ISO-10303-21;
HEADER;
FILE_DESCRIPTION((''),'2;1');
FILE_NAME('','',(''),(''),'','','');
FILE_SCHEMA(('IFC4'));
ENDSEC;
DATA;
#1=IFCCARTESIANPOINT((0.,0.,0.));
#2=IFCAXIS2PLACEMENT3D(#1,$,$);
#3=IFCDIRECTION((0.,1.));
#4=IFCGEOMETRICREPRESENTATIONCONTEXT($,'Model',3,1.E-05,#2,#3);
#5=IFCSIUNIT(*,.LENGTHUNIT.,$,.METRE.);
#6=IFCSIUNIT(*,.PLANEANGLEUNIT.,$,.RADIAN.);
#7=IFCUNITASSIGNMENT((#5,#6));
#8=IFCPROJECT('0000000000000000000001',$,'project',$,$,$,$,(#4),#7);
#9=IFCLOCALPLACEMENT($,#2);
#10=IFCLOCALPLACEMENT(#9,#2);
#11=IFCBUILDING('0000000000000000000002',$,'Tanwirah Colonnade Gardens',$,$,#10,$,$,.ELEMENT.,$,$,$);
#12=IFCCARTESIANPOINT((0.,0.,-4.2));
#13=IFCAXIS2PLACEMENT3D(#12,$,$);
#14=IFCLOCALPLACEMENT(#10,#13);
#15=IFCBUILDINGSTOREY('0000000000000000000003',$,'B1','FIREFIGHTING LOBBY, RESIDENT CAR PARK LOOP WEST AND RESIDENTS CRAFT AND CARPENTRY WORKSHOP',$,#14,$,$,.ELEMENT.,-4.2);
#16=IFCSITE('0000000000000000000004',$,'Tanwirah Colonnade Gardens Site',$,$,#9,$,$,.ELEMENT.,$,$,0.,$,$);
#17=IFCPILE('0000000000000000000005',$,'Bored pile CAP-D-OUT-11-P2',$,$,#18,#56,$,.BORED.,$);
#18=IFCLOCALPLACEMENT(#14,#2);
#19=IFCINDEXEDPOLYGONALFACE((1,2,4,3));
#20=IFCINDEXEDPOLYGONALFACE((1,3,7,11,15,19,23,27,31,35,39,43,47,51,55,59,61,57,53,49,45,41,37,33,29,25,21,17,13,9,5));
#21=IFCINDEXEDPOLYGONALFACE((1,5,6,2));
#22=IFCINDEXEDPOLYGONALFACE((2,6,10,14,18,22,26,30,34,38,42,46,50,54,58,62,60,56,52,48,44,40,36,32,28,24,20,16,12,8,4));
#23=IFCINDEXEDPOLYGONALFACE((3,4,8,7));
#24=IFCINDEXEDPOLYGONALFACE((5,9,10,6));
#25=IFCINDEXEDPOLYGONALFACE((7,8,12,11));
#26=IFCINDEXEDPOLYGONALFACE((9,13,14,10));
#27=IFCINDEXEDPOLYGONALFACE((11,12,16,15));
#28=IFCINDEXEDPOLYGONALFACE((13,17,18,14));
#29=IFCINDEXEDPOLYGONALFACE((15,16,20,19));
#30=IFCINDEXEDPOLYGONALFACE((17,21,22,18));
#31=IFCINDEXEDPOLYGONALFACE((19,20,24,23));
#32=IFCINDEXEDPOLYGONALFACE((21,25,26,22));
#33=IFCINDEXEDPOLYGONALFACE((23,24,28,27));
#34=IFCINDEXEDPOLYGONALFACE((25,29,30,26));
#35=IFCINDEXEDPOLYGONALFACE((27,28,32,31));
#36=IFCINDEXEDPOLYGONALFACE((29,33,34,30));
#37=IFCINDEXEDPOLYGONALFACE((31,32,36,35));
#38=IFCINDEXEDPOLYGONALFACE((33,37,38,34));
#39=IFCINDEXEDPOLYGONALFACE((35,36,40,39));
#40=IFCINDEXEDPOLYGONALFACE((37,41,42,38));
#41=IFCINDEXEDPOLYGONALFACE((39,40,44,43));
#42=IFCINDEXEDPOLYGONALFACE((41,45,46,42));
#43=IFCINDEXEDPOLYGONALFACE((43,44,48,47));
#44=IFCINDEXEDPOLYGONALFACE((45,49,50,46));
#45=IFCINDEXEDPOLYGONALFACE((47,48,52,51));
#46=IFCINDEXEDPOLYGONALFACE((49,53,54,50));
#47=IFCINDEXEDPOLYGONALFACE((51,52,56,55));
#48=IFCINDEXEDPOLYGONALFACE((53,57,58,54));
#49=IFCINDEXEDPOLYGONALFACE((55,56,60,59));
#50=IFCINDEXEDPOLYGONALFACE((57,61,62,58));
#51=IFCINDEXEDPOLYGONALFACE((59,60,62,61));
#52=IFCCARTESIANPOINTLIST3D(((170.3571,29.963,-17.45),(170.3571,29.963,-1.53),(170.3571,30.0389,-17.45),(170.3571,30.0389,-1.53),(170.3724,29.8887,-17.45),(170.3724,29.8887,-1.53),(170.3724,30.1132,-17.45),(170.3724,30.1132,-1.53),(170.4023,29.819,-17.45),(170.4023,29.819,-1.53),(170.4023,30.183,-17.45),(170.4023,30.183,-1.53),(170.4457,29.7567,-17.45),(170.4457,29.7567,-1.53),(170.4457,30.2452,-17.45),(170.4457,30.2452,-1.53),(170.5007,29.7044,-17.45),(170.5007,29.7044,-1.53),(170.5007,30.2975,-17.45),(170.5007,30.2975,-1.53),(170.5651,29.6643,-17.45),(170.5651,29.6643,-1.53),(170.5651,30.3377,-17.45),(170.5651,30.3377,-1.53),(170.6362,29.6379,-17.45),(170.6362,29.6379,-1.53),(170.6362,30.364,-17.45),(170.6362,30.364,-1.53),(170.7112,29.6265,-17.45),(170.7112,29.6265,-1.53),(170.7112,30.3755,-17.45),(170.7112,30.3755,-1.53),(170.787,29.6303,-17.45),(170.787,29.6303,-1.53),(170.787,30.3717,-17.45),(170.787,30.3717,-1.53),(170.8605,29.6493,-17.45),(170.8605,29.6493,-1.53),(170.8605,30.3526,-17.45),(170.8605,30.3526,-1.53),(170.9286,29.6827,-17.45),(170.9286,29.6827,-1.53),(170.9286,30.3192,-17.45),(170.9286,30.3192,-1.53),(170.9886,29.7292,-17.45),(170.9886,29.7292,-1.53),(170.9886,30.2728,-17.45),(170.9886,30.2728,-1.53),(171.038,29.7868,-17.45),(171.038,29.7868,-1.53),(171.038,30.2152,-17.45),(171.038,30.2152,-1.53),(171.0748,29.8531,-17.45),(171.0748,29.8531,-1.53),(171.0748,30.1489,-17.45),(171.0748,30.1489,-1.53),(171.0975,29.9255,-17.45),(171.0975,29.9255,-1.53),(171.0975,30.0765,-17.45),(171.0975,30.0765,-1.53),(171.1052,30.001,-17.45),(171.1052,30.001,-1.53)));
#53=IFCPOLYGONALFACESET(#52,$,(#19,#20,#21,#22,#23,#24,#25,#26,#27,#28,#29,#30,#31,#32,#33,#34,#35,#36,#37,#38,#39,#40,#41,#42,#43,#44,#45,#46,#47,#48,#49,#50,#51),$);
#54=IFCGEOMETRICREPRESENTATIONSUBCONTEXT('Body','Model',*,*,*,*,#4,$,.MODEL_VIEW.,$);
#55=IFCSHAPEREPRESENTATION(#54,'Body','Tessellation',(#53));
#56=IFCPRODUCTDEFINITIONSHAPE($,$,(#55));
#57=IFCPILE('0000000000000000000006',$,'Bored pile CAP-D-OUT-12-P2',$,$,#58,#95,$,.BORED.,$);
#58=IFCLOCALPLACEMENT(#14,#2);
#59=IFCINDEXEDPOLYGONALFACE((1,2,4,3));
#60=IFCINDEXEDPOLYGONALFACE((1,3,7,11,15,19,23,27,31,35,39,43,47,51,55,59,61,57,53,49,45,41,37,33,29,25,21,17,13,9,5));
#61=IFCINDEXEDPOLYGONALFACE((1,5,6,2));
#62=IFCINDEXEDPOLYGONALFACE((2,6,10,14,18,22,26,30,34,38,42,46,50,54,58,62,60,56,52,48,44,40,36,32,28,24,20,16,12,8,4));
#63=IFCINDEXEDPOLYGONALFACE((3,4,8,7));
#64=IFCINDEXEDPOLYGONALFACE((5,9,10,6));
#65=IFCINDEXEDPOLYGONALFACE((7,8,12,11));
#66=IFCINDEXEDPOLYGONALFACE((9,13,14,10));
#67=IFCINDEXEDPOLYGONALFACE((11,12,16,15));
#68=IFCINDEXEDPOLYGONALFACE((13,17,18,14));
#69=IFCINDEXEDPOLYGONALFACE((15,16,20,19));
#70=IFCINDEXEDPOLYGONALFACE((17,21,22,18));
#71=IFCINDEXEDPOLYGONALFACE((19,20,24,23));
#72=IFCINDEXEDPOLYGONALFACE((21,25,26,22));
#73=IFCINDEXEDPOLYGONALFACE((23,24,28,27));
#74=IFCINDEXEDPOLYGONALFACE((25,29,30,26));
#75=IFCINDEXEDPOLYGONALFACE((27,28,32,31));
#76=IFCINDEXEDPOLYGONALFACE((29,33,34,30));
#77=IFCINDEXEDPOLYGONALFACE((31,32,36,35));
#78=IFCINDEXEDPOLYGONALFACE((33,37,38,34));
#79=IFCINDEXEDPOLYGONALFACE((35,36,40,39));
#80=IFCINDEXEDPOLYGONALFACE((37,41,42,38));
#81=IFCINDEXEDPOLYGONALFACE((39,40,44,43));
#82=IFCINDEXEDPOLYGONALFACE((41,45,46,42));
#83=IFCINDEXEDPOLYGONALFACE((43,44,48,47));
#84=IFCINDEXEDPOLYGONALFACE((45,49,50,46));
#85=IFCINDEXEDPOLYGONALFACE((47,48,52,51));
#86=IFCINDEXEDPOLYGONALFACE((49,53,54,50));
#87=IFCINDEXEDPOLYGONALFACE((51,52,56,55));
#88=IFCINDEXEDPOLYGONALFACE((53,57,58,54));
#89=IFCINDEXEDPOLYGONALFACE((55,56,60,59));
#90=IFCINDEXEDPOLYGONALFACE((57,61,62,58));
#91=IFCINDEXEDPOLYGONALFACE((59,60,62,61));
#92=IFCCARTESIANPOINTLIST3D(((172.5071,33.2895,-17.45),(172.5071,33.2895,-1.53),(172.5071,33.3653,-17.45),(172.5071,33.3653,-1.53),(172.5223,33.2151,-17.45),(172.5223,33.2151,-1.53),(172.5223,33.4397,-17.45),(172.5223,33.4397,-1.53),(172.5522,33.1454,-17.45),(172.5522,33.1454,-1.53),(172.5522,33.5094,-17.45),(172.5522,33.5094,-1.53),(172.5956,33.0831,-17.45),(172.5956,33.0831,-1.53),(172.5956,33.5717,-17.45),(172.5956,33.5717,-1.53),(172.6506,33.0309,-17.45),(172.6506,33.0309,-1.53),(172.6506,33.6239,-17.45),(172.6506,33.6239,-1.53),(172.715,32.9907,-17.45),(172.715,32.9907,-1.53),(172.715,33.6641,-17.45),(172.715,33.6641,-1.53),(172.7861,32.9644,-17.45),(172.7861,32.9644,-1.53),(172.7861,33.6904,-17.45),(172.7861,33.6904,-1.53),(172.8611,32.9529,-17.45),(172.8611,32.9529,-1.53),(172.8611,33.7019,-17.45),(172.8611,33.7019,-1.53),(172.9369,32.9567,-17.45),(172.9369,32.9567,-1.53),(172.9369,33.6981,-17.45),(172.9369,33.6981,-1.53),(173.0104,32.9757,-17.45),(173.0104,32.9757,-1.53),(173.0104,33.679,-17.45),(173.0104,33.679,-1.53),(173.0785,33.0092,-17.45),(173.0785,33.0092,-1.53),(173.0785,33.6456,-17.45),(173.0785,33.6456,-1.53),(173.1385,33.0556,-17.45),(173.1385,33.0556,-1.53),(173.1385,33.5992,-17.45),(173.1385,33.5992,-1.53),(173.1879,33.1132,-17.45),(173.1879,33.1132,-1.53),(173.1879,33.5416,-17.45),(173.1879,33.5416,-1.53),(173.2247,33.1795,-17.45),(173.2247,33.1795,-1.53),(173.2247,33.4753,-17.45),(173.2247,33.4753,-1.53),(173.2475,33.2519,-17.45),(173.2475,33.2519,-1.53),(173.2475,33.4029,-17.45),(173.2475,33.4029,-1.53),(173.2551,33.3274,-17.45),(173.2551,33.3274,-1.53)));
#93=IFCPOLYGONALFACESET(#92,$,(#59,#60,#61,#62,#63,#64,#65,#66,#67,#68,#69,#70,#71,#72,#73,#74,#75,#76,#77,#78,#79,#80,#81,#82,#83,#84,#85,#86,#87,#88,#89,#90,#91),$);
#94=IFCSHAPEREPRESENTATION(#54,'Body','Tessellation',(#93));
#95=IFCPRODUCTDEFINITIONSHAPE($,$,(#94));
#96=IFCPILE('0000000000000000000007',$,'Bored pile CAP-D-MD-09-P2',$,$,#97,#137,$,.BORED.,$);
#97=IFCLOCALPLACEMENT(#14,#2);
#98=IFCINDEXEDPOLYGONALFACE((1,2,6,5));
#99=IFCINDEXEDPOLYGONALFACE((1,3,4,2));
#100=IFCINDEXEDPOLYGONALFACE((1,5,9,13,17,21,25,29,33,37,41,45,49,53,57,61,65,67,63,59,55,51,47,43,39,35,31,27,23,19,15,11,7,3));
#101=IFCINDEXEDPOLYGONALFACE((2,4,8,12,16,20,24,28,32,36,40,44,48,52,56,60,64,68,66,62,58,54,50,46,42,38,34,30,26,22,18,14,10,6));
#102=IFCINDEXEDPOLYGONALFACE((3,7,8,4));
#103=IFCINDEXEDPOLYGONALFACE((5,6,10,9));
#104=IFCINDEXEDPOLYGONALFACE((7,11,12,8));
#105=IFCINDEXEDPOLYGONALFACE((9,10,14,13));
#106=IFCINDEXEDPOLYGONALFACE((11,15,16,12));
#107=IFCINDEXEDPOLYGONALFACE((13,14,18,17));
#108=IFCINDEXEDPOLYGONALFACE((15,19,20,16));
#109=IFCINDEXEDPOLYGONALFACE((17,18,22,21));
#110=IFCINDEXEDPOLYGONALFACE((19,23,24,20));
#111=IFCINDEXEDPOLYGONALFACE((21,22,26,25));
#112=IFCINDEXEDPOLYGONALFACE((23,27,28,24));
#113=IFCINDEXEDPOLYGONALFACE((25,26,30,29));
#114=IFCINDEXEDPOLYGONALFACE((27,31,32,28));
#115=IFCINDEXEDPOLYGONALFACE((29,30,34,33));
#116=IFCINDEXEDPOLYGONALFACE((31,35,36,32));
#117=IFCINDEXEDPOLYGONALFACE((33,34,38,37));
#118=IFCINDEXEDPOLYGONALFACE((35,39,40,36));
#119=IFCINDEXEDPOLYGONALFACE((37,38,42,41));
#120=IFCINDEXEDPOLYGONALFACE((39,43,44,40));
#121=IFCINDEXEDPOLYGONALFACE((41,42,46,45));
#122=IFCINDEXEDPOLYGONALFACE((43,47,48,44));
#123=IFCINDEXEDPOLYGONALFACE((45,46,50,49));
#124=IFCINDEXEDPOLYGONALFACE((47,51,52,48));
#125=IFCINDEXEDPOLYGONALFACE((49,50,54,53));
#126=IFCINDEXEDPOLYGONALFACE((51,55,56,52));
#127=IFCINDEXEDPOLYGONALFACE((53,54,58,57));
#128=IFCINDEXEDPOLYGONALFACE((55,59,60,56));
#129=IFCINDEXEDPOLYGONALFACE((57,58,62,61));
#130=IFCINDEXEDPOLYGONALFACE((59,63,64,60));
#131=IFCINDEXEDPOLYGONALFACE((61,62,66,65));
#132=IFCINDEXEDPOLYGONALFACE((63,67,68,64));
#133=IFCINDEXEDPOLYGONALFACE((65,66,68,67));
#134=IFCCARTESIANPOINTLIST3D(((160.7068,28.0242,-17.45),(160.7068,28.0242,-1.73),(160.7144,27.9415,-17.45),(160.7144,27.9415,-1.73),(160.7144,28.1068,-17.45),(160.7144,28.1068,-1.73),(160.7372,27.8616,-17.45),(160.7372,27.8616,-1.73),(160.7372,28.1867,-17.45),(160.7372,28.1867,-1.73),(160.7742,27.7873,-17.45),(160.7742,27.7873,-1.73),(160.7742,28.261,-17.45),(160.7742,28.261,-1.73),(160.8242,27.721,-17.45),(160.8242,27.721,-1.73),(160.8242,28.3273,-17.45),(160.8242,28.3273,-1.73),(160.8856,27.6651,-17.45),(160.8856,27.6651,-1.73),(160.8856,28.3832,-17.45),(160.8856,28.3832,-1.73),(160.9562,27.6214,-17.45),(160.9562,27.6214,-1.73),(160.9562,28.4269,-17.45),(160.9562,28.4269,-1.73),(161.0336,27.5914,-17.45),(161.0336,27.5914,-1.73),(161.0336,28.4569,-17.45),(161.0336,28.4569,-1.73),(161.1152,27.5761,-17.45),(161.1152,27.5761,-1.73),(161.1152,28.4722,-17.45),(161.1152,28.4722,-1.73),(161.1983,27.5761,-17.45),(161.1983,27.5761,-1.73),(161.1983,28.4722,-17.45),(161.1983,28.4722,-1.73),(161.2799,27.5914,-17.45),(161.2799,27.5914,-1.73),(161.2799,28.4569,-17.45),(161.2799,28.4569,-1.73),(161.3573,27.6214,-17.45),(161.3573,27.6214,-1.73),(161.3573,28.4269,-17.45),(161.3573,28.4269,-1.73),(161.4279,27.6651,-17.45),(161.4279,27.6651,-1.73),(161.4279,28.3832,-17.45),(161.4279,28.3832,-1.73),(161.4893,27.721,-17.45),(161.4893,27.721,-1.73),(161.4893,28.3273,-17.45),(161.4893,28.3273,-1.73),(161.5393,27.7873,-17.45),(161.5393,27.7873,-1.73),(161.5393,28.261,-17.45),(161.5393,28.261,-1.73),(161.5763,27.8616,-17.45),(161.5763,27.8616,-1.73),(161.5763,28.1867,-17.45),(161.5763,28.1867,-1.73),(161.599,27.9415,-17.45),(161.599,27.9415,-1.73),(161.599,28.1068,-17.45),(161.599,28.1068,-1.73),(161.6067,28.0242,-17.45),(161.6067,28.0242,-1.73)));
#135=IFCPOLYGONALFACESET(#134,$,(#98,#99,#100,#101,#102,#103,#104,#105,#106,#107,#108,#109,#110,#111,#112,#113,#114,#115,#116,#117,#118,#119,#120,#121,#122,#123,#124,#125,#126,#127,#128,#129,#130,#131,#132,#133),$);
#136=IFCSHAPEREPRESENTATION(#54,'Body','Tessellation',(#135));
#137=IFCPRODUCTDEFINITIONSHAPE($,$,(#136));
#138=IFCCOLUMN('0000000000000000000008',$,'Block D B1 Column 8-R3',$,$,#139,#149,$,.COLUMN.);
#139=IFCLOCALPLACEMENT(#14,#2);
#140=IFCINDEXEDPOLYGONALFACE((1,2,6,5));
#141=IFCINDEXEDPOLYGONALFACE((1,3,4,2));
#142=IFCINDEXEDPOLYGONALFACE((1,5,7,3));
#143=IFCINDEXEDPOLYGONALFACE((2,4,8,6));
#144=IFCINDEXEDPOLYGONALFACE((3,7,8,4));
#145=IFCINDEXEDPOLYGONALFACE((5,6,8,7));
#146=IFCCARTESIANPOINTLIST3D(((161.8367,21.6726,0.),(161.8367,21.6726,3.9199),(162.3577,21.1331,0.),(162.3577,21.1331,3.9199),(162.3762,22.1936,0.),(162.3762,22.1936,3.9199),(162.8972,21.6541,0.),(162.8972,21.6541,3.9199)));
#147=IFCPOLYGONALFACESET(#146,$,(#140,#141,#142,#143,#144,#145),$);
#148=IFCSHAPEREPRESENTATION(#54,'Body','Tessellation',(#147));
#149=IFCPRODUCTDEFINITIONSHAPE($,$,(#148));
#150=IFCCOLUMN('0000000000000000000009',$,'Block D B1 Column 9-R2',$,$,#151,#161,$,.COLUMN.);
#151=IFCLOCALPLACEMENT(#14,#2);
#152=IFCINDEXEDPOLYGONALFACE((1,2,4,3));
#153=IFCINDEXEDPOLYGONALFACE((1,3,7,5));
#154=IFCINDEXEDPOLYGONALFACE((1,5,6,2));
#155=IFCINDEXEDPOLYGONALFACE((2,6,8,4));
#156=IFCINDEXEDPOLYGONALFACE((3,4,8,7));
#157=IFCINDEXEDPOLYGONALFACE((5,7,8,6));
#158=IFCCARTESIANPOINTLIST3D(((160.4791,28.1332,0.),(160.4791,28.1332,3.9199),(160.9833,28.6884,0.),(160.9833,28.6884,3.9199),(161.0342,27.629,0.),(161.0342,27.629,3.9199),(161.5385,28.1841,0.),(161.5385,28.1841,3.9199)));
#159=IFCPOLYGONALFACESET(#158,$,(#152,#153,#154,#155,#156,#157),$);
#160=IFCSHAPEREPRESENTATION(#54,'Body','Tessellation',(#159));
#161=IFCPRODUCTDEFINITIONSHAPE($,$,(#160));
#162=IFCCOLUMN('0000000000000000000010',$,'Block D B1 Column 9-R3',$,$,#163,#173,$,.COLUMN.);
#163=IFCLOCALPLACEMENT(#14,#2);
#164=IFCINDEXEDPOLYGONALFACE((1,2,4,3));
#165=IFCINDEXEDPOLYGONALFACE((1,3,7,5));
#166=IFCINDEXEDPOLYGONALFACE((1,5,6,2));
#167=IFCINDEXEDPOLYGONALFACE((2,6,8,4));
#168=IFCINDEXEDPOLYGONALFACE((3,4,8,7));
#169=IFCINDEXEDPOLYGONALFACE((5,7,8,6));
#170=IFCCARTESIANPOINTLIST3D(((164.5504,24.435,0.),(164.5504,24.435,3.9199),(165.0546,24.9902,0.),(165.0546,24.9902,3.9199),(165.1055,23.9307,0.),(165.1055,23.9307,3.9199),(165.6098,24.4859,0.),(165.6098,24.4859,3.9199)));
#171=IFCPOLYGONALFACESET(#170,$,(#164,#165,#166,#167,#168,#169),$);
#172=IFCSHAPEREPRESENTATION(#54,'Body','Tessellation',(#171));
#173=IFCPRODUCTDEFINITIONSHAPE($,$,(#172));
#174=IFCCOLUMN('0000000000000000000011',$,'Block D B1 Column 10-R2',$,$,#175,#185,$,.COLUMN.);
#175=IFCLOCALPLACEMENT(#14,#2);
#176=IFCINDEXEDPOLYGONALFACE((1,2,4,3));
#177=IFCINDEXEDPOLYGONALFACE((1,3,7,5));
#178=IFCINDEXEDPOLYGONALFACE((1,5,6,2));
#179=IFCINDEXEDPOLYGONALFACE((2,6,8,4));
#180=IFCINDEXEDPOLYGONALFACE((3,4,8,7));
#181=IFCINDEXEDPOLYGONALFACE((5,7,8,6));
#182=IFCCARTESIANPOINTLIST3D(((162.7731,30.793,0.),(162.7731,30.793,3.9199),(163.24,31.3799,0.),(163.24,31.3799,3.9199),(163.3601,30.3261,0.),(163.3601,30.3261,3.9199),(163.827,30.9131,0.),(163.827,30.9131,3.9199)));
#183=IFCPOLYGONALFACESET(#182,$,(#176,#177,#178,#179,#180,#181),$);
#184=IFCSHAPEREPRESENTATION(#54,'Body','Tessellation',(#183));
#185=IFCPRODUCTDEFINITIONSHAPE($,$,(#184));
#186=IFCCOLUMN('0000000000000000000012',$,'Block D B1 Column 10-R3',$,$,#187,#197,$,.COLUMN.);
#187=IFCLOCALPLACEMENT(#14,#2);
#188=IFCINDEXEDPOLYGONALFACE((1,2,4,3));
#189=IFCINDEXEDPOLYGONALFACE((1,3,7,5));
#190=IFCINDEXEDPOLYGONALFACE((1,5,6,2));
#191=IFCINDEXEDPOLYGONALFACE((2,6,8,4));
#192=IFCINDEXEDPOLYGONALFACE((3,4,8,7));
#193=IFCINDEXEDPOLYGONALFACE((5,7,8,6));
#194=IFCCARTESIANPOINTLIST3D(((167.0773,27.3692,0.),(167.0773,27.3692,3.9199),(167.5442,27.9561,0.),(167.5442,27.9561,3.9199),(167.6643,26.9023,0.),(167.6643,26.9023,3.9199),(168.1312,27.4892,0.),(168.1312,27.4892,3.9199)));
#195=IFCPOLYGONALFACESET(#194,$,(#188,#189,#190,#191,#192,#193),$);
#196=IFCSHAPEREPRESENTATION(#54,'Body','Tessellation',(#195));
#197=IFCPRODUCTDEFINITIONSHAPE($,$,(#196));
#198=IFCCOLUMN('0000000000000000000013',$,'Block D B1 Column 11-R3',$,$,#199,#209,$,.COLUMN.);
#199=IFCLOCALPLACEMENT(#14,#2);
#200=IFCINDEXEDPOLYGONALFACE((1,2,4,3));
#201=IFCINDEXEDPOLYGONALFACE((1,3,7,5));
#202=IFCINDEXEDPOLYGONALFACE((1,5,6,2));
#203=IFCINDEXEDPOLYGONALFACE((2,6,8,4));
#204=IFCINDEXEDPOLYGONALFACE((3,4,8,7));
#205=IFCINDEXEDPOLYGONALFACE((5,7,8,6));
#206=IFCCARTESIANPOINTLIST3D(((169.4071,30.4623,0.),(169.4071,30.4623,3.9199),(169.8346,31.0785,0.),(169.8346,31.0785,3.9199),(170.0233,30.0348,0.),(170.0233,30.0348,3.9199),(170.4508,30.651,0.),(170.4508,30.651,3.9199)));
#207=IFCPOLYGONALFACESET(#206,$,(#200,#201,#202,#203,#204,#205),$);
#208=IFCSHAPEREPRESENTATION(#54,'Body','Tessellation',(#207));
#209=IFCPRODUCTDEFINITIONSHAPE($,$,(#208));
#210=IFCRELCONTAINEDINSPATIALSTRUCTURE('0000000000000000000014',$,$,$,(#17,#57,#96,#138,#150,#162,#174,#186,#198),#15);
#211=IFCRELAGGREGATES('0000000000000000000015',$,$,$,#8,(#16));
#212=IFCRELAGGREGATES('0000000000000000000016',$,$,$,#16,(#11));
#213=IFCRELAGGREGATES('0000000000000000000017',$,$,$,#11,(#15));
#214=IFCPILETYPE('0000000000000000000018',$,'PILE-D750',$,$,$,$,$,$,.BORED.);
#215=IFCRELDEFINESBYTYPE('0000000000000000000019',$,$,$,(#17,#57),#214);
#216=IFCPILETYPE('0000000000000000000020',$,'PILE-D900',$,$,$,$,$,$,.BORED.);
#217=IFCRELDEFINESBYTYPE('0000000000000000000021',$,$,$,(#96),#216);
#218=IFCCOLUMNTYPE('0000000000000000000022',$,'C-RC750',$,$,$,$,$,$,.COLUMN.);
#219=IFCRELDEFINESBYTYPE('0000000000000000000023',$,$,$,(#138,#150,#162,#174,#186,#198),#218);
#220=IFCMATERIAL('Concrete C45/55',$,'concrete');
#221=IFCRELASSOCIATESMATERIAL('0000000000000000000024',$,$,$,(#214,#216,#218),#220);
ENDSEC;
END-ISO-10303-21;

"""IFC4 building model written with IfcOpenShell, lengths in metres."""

from ifc_helpers import new_model, si_unit, direction, frame, origin, origin_2d, place, context, subcontext, project, spatial, rectangle, circle, extrude, material, material_profile, profile_set, type_object, element, save


model = new_model("IFC4")

# Units and contexts
model_context = context("Model", 3, precision=1e-05, world=origin(), true_north=direction((0.0, 1.0)))
body_context = subcontext(model_context, "Body", "Model", "MODEL_VIEW")
ifc_project = project(units=[si_unit("LENGTHUNIT", "METRE"), si_unit("PLANEANGLEUNIT", "RADIAN")], contexts=[model_context])

# Site, building, storey
site_placement = place(None, origin())
site = spatial("IfcSite", under=ifc_project, at=site_placement, Name="Tanwirah Colonnade Gardens Site", CompositionType="ELEMENT", RefElevation=0.0)
building_placement = place(site_placement, origin())
building = spatial("IfcBuilding", under=site, at=building_placement, Name="Tanwirah Colonnade Gardens", CompositionType="ELEMENT")
storey_placement = place(building_placement, frame((0.0, 0.0, -4.2)))
storey = spatial("IfcBuildingStorey", under=building, at=storey_placement, Name="B1", Description="FIREFIGHTING LOBBY, RESIDENT CAR PARK LOOP WEST AND RESIDENTS CRAFT AND CARPENTRY WORKSHOP", CompositionType="ELEMENT", Elevation=-4.2)

# Shared definitions
ifc_material_1 = material(Name="Concrete C45/55", Category="concrete")

# Piles
ifc_material_profile_1 = material_profile(ifc_material_1, circle(Radius=0.375, at=origin_2d()), Name="PILE D750")
ifc_profile_set_1 = profile_set([ifc_material_profile_1], Name="Concrete C45/55")
pile_type_1 = type_object("IfcPileType", Name="PILE-D750", PredefinedType="BORED", material=ifc_profile_set_1)
for number, where, z_axis, x_axis, name in (
    (1, (170.7302, 30.001, -1.53), (0.0, 0.0, -1.0), (1.0, 0.0, 0.0), "Bored pile CAP-D-OUT-11-P2"),
    (2, (172.8801, 33.3274, -1.53), (0.0, 0.0, -1.0), (1.0, 0.0, 0.0), "Bored pile CAP-D-OUT-12-P2"),
):
    element("IfcPile", number, at=place(storey_placement, frame(where, z_axis=z_axis, x_axis=x_axis)), inside=storey, type_object=pile_type_1, Name=name, PredefinedType="BORED", context=body_context, shape_type="SweptSolid", body=[
        extrude(circle(Radius=0.375, at=origin_2d()), origin(), (0.0, 0.0, 1.0), 15.9199),
    ])
ifc_material_profile_2 = material_profile(ifc_material_1, circle(Radius=0.45, at=origin_2d()), Name="PILE D900")
ifc_profile_set_2 = profile_set([ifc_material_profile_2], Name="Concrete C45/55")
pile_type_2 = type_object("IfcPileType", Name="PILE-D900", PredefinedType="BORED", material=ifc_profile_set_2)
pile_placement = place(storey_placement, frame((161.1567, 28.0242, -1.73), z_axis=(0.0, 0.0, -1.0), x_axis=(1.0, 0.0, 0.0)))
element("IfcPile", 3, at=pile_placement, inside=storey, type_object=pile_type_2, Name="Bored pile CAP-D-MD-09-P2", PredefinedType="BORED", context=body_context, shape_type="SweptSolid", body=[
    extrude(circle(Radius=0.45, at=origin_2d()), origin(), (0.0, 0.0, 1.0), 15.72),
])

# Columns
ifc_material_profile_3 = material_profile(ifc_material_1, rectangle(XDim=0.75, YDim=0.75, at=origin_2d()), Name="RC-COL 750x750")
ifc_profile_set_3 = profile_set([ifc_material_profile_3], Name="Concrete C45/55")
column_type = type_object("IfcColumnType", Name="C-RC750", PredefinedType="COLUMN", material=ifc_profile_set_3)
for number, where, z_axis, x_axis, name in (
    (4, (162.3669, 21.6633, 0.0), (0.0, 0.0, 1.0), (0.694658, -0.71934, 0.0), "Block D B1 Column 8-R3"),
    (5, (161.0088, 28.1587, 0.0), (0.0, 0.0, 1.0), (0.740218, -0.672367, 0.0), "Block D B1 Column 9-R2"),
    (6, (165.0801, 24.4604, 0.0), (0.0, 0.0, 1.0), (0.740218, -0.672367, 0.0), "Block D B1 Column 9-R3"),
    (7, (163.3, 30.853, 0.0), (0.0, 0.0, 1.0), (0.782608, -0.622515, 0.0), "Block D B1 Column 10-R2"),
    (8, (167.6042, 27.4292, 0.0), (0.0, 0.0, 1.0), (0.782608, -0.622515, 0.0), "Block D B1 Column 10-R3"),
    (9, (169.929, 30.5566, 0.0), (0.0, 0.0, 1.0), (0.821647, -0.569997, 0.0), "Block D B1 Column 11-R3"),
):
    element("IfcColumn", number, at=place(storey_placement, frame(where, z_axis=z_axis, x_axis=x_axis)), inside=storey, type_object=column_type, Name=name, PredefinedType="COLUMN", context=body_context, shape_type="SweptSolid", body=[
        extrude(rectangle(XDim=0.75, YDim=0.75, at=origin_2d()), origin(), (0.0, 0.0, 1.0), 3.9199),
    ])

save(model, "model.ifc")
